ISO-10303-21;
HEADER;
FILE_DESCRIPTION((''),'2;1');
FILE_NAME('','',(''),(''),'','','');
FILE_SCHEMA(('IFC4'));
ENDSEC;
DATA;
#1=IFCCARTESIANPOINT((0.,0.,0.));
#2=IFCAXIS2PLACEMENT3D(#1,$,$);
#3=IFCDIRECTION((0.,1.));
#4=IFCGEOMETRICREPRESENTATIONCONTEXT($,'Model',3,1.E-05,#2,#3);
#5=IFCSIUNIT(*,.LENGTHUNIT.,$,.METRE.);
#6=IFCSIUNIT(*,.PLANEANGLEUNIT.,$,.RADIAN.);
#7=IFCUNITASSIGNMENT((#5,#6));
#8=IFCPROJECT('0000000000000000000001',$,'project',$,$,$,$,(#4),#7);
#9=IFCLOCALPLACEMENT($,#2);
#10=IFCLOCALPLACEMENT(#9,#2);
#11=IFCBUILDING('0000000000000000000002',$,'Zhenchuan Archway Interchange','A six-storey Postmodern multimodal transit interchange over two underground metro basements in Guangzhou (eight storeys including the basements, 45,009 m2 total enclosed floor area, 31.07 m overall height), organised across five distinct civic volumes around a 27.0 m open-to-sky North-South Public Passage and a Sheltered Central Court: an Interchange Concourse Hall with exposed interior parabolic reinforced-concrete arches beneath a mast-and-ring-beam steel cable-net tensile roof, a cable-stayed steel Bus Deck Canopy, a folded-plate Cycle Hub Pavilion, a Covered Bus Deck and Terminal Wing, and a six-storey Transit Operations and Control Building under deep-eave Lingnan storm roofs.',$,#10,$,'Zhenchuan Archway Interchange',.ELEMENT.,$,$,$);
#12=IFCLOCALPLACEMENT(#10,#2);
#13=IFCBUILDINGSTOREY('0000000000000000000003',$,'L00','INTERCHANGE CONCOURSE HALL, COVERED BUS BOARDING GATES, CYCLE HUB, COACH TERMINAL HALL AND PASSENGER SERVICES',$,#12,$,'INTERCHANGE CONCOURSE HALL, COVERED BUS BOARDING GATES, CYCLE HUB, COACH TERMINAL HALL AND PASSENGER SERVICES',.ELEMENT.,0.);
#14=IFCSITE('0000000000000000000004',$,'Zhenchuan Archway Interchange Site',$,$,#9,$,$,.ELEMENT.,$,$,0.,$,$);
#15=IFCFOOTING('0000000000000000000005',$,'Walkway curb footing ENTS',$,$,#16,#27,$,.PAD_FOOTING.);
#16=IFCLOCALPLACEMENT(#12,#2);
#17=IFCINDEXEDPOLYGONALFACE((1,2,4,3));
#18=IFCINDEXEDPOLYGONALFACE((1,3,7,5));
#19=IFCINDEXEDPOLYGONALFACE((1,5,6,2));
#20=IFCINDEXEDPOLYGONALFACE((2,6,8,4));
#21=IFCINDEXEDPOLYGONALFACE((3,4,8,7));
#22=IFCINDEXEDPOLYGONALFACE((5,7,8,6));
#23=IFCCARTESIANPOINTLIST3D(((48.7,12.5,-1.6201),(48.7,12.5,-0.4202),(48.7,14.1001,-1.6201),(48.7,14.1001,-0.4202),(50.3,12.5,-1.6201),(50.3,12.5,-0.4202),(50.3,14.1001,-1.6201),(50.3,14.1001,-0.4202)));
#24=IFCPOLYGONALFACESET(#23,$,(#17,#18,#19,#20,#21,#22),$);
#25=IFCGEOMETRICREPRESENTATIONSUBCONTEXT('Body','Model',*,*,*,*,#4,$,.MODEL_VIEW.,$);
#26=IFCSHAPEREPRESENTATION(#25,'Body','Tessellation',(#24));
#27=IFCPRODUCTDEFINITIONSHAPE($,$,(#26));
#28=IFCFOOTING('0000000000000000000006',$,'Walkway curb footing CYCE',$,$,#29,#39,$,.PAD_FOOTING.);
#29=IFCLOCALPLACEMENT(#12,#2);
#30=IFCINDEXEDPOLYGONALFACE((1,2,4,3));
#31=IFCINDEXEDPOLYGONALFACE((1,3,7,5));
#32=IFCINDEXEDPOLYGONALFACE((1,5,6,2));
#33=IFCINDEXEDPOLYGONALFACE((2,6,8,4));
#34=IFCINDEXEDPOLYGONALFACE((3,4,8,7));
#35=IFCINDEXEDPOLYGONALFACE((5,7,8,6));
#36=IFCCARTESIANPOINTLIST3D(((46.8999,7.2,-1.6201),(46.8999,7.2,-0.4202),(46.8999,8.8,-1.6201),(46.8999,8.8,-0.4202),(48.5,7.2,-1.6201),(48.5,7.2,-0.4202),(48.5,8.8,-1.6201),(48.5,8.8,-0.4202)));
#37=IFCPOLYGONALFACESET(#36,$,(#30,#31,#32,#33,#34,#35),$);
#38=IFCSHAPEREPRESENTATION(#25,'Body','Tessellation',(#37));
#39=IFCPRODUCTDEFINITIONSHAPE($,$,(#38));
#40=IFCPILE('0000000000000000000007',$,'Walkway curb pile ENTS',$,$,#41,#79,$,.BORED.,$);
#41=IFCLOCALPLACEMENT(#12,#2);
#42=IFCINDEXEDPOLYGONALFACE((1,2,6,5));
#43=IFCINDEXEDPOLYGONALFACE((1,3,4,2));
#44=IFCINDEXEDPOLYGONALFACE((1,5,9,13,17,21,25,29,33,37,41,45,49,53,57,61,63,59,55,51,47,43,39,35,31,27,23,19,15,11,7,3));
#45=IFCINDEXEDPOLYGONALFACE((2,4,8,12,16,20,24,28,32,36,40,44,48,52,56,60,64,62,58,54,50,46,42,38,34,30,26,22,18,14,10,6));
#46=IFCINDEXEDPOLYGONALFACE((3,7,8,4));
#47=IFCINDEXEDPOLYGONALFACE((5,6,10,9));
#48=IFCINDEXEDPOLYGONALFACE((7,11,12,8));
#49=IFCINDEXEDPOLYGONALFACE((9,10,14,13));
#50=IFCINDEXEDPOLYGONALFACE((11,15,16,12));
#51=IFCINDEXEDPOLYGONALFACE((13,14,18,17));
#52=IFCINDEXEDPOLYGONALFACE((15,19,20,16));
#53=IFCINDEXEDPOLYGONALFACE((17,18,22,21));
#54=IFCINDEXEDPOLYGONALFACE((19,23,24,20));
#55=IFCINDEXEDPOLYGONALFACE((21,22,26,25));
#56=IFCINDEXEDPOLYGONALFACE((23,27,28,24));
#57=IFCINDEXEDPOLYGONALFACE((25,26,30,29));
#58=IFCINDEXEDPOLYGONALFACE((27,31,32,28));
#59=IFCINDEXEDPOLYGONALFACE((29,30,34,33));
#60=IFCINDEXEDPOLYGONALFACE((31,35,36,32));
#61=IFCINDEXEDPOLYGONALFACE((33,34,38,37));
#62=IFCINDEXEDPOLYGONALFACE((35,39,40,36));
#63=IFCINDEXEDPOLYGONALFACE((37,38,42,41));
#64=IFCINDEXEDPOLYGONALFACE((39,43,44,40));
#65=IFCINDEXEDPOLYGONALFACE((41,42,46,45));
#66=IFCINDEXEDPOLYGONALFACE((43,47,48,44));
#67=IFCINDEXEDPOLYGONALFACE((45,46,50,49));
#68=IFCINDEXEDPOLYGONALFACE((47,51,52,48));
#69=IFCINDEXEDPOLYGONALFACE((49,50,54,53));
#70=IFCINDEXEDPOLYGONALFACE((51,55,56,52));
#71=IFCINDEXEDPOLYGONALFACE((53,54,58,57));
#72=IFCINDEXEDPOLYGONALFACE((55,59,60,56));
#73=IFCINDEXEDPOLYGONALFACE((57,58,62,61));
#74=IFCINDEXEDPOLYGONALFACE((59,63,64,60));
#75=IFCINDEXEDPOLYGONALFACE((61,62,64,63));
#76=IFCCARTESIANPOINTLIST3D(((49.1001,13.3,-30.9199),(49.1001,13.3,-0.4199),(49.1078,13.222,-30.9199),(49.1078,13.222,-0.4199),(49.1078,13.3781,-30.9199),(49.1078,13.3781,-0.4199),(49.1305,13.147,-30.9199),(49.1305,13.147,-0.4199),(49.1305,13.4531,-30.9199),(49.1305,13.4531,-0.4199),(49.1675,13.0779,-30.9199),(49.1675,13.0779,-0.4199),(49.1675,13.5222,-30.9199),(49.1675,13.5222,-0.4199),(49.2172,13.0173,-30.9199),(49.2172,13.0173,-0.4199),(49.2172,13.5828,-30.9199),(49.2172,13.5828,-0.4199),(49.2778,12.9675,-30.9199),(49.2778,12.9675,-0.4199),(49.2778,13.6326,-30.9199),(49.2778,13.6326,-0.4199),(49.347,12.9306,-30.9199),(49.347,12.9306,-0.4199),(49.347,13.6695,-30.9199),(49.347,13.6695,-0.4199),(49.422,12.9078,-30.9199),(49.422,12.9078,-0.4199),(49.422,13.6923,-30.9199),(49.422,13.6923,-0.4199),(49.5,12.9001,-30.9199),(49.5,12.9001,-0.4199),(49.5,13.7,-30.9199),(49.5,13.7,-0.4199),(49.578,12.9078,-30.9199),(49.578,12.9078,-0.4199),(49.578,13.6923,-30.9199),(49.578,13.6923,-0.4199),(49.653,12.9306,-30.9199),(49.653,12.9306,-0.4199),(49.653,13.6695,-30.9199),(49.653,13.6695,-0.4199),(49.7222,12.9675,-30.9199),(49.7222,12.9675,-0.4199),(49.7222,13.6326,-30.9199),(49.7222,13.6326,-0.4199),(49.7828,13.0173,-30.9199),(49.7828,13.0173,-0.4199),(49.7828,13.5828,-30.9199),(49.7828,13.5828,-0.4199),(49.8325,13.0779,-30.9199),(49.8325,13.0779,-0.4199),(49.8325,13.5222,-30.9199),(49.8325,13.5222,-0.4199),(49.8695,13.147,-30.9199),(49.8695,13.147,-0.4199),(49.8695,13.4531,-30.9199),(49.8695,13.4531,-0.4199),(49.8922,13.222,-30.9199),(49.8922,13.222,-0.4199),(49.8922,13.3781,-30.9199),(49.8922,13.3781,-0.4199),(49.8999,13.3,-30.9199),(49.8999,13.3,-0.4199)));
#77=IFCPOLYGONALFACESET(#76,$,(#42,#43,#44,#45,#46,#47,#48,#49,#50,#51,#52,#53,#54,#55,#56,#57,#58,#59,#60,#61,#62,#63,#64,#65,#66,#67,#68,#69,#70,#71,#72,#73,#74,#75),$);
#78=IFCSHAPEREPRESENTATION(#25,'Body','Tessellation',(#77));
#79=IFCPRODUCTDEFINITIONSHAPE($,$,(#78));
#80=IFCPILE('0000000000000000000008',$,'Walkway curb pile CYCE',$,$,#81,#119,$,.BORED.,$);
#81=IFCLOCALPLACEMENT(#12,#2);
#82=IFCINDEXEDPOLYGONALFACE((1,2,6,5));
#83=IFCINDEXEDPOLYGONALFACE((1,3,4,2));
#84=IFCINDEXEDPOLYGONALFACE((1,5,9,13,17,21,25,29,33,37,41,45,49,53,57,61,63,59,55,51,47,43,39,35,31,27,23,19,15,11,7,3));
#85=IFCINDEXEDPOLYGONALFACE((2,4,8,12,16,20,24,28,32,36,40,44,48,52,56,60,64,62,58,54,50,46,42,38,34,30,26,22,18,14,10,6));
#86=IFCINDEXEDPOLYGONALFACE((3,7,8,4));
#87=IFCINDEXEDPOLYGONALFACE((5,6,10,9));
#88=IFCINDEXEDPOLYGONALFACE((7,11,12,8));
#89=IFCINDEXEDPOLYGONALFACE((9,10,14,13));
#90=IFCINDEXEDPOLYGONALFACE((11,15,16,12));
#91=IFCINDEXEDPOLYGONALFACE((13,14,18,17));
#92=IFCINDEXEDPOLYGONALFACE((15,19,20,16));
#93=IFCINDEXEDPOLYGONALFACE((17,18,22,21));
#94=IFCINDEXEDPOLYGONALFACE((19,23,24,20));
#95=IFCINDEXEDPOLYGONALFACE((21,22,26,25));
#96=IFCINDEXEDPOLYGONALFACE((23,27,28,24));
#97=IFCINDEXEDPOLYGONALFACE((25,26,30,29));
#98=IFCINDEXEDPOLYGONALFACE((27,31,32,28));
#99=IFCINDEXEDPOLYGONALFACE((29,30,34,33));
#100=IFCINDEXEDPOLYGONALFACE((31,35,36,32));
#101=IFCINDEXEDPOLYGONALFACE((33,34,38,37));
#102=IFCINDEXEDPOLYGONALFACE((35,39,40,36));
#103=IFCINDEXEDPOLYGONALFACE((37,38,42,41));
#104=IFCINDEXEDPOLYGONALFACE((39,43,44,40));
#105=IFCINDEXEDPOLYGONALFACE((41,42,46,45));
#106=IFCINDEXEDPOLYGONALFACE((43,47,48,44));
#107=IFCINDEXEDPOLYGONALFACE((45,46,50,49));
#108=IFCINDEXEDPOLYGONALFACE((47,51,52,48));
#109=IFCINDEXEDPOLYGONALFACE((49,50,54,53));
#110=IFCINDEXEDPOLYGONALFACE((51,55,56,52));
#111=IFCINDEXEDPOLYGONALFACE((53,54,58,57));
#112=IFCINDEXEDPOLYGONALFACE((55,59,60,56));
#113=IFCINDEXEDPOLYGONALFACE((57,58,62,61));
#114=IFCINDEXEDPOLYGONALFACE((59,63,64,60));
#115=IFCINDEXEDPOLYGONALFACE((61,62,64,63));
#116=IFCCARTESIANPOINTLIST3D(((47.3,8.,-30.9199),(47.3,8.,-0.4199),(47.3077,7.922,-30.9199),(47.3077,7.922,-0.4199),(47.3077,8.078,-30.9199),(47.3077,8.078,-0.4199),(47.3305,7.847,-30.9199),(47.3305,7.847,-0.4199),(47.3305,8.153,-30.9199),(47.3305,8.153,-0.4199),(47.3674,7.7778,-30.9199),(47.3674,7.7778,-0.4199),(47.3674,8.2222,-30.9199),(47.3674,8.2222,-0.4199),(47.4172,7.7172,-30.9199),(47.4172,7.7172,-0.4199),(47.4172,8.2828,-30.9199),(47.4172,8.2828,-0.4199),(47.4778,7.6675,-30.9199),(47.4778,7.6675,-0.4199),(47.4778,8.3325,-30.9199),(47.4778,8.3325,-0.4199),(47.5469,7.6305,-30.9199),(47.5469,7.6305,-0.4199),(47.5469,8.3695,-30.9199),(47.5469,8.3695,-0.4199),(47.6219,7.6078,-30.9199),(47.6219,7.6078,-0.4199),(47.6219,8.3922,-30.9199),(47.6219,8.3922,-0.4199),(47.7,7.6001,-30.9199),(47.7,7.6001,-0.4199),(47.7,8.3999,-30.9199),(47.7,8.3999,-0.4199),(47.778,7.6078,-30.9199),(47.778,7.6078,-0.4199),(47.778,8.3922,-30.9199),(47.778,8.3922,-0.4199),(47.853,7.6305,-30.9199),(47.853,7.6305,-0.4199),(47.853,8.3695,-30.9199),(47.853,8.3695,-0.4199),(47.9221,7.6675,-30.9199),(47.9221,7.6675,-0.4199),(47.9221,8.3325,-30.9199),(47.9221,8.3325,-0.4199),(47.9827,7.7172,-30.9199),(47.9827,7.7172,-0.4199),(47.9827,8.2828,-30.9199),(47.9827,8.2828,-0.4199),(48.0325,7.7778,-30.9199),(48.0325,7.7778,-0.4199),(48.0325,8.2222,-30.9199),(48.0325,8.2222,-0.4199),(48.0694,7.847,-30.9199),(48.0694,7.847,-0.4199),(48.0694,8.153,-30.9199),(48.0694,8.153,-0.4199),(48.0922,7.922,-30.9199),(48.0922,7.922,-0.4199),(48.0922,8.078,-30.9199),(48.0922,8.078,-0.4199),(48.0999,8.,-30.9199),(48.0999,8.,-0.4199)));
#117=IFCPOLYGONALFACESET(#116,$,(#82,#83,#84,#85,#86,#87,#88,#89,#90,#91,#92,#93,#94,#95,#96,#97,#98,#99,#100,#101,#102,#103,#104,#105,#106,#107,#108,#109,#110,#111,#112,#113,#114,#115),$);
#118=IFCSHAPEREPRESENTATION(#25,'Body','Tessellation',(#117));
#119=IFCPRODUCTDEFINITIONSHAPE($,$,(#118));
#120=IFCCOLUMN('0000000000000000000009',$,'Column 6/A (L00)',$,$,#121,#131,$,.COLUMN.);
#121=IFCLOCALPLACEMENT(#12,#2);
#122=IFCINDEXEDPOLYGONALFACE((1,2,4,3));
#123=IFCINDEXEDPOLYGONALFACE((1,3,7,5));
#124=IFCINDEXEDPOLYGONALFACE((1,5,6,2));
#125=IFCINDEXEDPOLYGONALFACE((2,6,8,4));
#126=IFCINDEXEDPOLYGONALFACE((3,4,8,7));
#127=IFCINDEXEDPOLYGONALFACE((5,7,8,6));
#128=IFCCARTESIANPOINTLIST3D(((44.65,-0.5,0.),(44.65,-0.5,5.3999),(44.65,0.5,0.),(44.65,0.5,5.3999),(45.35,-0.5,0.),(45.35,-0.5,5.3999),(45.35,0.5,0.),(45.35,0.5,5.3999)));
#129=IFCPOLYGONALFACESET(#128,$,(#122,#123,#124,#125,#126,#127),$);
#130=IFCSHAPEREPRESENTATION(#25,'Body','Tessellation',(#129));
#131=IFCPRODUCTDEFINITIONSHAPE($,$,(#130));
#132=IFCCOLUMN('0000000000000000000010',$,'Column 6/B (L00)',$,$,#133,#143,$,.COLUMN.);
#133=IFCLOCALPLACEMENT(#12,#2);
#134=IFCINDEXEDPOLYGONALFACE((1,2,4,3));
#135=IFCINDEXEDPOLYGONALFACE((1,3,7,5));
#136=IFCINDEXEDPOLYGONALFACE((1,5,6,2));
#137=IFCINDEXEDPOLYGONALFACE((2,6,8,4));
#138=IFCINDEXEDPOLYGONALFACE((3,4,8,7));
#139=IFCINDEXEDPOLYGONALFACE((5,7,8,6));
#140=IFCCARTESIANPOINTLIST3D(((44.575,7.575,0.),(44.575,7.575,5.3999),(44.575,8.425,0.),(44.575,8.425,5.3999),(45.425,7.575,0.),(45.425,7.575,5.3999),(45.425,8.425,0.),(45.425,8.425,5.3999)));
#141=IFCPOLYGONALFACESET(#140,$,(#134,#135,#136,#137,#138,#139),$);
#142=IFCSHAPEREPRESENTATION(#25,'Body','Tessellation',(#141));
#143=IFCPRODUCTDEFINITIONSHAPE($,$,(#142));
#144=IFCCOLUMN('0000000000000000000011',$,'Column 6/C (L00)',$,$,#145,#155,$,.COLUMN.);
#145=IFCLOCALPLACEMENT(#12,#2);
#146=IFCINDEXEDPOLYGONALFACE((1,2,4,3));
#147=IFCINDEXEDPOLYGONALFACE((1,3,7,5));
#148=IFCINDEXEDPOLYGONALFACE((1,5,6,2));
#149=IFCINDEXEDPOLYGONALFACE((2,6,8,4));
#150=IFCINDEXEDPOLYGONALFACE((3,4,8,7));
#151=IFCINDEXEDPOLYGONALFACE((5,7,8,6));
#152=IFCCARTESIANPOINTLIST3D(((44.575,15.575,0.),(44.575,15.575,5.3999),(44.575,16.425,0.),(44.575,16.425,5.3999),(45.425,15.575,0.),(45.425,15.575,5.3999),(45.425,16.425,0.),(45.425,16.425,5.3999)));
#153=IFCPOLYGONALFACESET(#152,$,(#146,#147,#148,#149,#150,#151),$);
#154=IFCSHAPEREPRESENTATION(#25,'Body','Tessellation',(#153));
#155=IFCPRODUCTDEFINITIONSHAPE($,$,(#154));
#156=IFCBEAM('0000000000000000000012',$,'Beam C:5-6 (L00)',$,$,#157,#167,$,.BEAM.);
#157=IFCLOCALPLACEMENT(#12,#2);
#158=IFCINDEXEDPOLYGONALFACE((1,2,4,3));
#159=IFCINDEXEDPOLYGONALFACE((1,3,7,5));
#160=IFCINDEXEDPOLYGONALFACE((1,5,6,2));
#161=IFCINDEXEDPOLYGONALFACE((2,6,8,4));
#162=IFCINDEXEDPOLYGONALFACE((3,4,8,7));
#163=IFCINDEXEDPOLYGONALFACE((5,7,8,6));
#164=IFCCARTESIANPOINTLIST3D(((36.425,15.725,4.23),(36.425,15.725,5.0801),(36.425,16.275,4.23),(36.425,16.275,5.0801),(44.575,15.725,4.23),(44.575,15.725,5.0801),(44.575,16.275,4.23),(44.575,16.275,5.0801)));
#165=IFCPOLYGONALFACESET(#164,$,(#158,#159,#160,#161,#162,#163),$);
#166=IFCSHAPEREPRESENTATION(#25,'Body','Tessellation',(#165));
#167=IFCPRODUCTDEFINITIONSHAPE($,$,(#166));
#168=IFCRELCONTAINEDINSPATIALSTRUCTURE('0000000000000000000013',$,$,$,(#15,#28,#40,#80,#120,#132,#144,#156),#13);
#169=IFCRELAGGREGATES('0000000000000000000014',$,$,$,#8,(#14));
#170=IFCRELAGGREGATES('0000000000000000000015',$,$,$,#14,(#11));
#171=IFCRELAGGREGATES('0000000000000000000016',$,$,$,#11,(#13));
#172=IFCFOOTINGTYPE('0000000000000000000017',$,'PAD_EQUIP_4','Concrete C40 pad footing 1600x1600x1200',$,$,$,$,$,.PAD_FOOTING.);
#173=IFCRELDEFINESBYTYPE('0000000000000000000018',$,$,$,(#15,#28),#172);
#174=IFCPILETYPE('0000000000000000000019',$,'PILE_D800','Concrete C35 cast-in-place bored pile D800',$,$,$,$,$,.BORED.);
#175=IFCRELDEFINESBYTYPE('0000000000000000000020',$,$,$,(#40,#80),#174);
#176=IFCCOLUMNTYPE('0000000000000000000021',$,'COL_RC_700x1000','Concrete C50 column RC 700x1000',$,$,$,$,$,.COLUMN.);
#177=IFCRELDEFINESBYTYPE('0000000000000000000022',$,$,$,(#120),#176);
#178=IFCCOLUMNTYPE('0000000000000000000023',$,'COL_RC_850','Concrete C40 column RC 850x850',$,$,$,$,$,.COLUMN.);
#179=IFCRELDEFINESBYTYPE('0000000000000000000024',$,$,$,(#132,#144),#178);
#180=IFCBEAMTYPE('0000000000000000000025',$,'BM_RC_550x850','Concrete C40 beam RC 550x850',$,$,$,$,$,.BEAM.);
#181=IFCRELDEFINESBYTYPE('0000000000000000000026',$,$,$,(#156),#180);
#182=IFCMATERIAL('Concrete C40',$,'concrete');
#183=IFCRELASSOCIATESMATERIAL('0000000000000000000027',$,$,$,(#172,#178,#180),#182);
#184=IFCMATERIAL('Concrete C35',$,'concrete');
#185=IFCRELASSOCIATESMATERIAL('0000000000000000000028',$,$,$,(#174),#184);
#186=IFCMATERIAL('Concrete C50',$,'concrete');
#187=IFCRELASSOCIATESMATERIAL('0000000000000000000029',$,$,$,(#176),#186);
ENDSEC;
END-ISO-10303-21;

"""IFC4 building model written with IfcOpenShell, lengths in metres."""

from ifc_helpers import new_model, si_unit, direction, frame, origin, origin_2d, place, context, subcontext, project, spatial, rectangle, circle, extrude, material, material_profile, profile_set, type_object, element, save


model = new_model("IFC4")

# Units and contexts
model_context = context("Model", 3, precision=1e-05, world=origin(), true_north=direction((0.0, 1.0)))
body_context = subcontext(model_context, "Body", "Model", "MODEL_VIEW")
ifc_project = project(units=[si_unit("LENGTHUNIT", "METRE"), si_unit("PLANEANGLEUNIT", "RADIAN")], contexts=[model_context])

# Site, building, storey
site_placement = place(None, origin())
site = spatial("IfcSite", under=ifc_project, at=site_placement, Name="Zhenchuan Archway Interchange Site", CompositionType="ELEMENT", RefElevation=0.0)
building_placement = place(site_placement, origin())
building = spatial("IfcBuilding", under=site, at=building_placement, Name="Zhenchuan Archway Interchange", Description="A six-storey Postmodern multimodal transit interchange over two underground metro basements in Guangzhou (eight storeys including the basements, 45,009 m2 total enclosed floor area, 31.07 m overall height), organised across five distinct civic volumes around a 27.0 m open-to-sky North-South Public Passage and a Sheltered Central Court: an Interchange Concourse Hall with exposed interior parabolic reinforced-concrete arches beneath a mast-and-ring-beam steel cable-net tensile roof, a cable-stayed steel Bus Deck Canopy, a folded-plate Cycle Hub Pavilion, a Covered Bus Deck and Terminal Wing, and a six-storey Transit Operations and Control Building under deep-eave Lingnan storm roofs.", LongName="Zhenchuan Archway Interchange", CompositionType="ELEMENT")
storey_placement = place(building_placement, origin())
storey = spatial("IfcBuildingStorey", under=building, at=storey_placement, Name="L00", Description="INTERCHANGE CONCOURSE HALL, COVERED BUS BOARDING GATES, CYCLE HUB, COACH TERMINAL HALL AND PASSENGER SERVICES", LongName="INTERCHANGE CONCOURSE HALL, COVERED BUS BOARDING GATES, CYCLE HUB, COACH TERMINAL HALL AND PASSENGER SERVICES", CompositionType="ELEMENT", Elevation=0.0)

# Footings
ifc_material_1 = material(Name="Concrete C40", Category="concrete")
footing_type = type_object("IfcFootingType", Name="PAD_EQUIP_4", Description="Concrete C40 pad footing 1600x1600x1200", PredefinedType="PAD_FOOTING", material=ifc_material_1)
for number, where, z_axis, x_axis, name in (
    (1, (49.5, 13.3, -1.6201), (0.0, 0.0, 1.0), (1.0, 0.0, 0.0), "Walkway curb footing ENTS"),
    (2, (47.7, 8.0, -1.6201), (0.0, 0.0, 1.0), (1.0, 0.0, 0.0), "Walkway curb footing CYCE"),
):
    element("IfcFooting", number, at=place(storey_placement, frame(where, z_axis=z_axis, x_axis=x_axis)), inside=storey, type_object=footing_type, Name=name, PredefinedType="PAD_FOOTING", context=body_context, shape_type="SweptSolid", body=[
        extrude(rectangle(XDim=1.6001, YDim=1.6001, at=origin_2d()), origin(), (0.0, 0.0, 1.0), 1.2),
    ])

# Piles
ifc_material_2 = material(Name="Concrete C35", Category="concrete")
ifc_material_profile_1 = material_profile(ifc_material_2, circle(Radius=0.3999, at=origin_2d()), Name="BORED PILE 800")
ifc_profile_set_1 = profile_set([ifc_material_profile_1], Name="Concrete C35")
pile_type = type_object("IfcPileType", Name="PILE_D800", Description="Concrete C35 cast-in-place bored pile D800", PredefinedType="BORED", material=ifc_profile_set_1)
for number, where, z_axis, x_axis, name in (
    (3, (49.5, 13.3, -0.4199), (0.0, 0.0, -1.0), (1.0, 0.0, 0.0), "Walkway curb pile ENTS"),
    (4, (47.7, 8.0, -0.4199), (0.0, 0.0, -1.0), (1.0, 0.0, 0.0), "Walkway curb pile CYCE"),
):
    element("IfcPile", number, at=place(storey_placement, frame(where, z_axis=z_axis, x_axis=x_axis)), inside=storey, type_object=pile_type, Name=name, PredefinedType="BORED", context=body_context, shape_type="SweptSolid", body=[
        extrude(circle(Radius=0.3999, at=origin_2d()), origin(), (0.0, 0.0, 1.0), 30.5),
    ])

# Columns
ifc_material_3 = material(Name="Concrete C50", Category="concrete")
ifc_material_profile_2 = material_profile(ifc_material_3, rectangle(XDim=0.7, YDim=1.0, at=origin_2d()), Name="RC 700x1000")
ifc_profile_set_2 = profile_set([ifc_material_profile_2], Name="Concrete C50")
column_type_1 = type_object("IfcColumnType", Name="COL_RC_700x1000", Description="Concrete C50 column RC 700x1000", PredefinedType="COLUMN", material=ifc_profile_set_2)
column_placement = place(storey_placement, frame((45.0, 0.0, 0.0), z_axis=(0.0, 0.0, 1.0), x_axis=(1.0, 0.0, 0.0)))
element("IfcColumn", 5, at=column_placement, inside=storey, type_object=column_type_1, Name="Column 6/A (L00)", PredefinedType="COLUMN", context=body_context, shape_type="SweptSolid", body=[
    extrude(rectangle(XDim=0.7, YDim=1.0, at=origin_2d()), origin(), (0.0, 0.0, 1.0), 5.3999),
])
ifc_material_profile_3 = material_profile(ifc_material_1, rectangle(XDim=0.8501, YDim=0.8501, at=origin_2d()), Name="RC 850x850")
ifc_profile_set_3 = profile_set([ifc_material_profile_3], Name="Concrete C40")
column_type_2 = type_object("IfcColumnType", Name="COL_RC_850", Description="Concrete C40 column RC 850x850", PredefinedType="COLUMN", material=ifc_profile_set_3)
for number, where, z_axis, x_axis, name in (
    (6, (45.0, 8.0, 0.0), (0.0, 0.0, 1.0), (1.0, 0.0, 0.0), "Column 6/B (L00)"),
    (7, (45.0, 16.0, 0.0), (0.0, 0.0, 1.0), (1.0, 0.0, 0.0), "Column 6/C (L00)"),
):
    element("IfcColumn", number, at=place(storey_placement, frame(where, z_axis=z_axis, x_axis=x_axis)), inside=storey, type_object=column_type_2, Name=name, PredefinedType="COLUMN", context=body_context, shape_type="SweptSolid", body=[
        extrude(rectangle(XDim=0.8501, YDim=0.8501, at=origin_2d()), origin(), (0.0, 0.0, 1.0), 5.3999),
    ])

# Beam
ifc_material_profile_4 = material_profile(ifc_material_1, rectangle(XDim=0.55, YDim=0.8501, at=origin_2d()), Name="RC 550x850")
ifc_profile_set_4 = profile_set([ifc_material_profile_4], Name="Concrete C40")
beam_type_1 = type_object("IfcBeamType", Name="BM_RC_550x850", Description="Concrete C40 beam RC 550x850", PredefinedType="BEAM", material=ifc_profile_set_4)
beam_1_placement = place(storey_placement, frame((36.425, 16.0, 4.655), z_axis=(1.0, 0.0, 0.0), x_axis=(0.0, 1.0, 0.0)))
element("IfcBeam", 8, at=beam_1_placement, inside=storey, type_object=beam_type_1, Name="Beam C:5-6 (L00)", PredefinedType="BEAM", context=body_context, shape_type="SweptSolid", body=[
    extrude(rectangle(XDim=0.55, YDim=0.8501, at=origin_2d()), origin(), (0.0, 0.0, 1.0), 8.1499),
])

save(model, "model.ifc")
